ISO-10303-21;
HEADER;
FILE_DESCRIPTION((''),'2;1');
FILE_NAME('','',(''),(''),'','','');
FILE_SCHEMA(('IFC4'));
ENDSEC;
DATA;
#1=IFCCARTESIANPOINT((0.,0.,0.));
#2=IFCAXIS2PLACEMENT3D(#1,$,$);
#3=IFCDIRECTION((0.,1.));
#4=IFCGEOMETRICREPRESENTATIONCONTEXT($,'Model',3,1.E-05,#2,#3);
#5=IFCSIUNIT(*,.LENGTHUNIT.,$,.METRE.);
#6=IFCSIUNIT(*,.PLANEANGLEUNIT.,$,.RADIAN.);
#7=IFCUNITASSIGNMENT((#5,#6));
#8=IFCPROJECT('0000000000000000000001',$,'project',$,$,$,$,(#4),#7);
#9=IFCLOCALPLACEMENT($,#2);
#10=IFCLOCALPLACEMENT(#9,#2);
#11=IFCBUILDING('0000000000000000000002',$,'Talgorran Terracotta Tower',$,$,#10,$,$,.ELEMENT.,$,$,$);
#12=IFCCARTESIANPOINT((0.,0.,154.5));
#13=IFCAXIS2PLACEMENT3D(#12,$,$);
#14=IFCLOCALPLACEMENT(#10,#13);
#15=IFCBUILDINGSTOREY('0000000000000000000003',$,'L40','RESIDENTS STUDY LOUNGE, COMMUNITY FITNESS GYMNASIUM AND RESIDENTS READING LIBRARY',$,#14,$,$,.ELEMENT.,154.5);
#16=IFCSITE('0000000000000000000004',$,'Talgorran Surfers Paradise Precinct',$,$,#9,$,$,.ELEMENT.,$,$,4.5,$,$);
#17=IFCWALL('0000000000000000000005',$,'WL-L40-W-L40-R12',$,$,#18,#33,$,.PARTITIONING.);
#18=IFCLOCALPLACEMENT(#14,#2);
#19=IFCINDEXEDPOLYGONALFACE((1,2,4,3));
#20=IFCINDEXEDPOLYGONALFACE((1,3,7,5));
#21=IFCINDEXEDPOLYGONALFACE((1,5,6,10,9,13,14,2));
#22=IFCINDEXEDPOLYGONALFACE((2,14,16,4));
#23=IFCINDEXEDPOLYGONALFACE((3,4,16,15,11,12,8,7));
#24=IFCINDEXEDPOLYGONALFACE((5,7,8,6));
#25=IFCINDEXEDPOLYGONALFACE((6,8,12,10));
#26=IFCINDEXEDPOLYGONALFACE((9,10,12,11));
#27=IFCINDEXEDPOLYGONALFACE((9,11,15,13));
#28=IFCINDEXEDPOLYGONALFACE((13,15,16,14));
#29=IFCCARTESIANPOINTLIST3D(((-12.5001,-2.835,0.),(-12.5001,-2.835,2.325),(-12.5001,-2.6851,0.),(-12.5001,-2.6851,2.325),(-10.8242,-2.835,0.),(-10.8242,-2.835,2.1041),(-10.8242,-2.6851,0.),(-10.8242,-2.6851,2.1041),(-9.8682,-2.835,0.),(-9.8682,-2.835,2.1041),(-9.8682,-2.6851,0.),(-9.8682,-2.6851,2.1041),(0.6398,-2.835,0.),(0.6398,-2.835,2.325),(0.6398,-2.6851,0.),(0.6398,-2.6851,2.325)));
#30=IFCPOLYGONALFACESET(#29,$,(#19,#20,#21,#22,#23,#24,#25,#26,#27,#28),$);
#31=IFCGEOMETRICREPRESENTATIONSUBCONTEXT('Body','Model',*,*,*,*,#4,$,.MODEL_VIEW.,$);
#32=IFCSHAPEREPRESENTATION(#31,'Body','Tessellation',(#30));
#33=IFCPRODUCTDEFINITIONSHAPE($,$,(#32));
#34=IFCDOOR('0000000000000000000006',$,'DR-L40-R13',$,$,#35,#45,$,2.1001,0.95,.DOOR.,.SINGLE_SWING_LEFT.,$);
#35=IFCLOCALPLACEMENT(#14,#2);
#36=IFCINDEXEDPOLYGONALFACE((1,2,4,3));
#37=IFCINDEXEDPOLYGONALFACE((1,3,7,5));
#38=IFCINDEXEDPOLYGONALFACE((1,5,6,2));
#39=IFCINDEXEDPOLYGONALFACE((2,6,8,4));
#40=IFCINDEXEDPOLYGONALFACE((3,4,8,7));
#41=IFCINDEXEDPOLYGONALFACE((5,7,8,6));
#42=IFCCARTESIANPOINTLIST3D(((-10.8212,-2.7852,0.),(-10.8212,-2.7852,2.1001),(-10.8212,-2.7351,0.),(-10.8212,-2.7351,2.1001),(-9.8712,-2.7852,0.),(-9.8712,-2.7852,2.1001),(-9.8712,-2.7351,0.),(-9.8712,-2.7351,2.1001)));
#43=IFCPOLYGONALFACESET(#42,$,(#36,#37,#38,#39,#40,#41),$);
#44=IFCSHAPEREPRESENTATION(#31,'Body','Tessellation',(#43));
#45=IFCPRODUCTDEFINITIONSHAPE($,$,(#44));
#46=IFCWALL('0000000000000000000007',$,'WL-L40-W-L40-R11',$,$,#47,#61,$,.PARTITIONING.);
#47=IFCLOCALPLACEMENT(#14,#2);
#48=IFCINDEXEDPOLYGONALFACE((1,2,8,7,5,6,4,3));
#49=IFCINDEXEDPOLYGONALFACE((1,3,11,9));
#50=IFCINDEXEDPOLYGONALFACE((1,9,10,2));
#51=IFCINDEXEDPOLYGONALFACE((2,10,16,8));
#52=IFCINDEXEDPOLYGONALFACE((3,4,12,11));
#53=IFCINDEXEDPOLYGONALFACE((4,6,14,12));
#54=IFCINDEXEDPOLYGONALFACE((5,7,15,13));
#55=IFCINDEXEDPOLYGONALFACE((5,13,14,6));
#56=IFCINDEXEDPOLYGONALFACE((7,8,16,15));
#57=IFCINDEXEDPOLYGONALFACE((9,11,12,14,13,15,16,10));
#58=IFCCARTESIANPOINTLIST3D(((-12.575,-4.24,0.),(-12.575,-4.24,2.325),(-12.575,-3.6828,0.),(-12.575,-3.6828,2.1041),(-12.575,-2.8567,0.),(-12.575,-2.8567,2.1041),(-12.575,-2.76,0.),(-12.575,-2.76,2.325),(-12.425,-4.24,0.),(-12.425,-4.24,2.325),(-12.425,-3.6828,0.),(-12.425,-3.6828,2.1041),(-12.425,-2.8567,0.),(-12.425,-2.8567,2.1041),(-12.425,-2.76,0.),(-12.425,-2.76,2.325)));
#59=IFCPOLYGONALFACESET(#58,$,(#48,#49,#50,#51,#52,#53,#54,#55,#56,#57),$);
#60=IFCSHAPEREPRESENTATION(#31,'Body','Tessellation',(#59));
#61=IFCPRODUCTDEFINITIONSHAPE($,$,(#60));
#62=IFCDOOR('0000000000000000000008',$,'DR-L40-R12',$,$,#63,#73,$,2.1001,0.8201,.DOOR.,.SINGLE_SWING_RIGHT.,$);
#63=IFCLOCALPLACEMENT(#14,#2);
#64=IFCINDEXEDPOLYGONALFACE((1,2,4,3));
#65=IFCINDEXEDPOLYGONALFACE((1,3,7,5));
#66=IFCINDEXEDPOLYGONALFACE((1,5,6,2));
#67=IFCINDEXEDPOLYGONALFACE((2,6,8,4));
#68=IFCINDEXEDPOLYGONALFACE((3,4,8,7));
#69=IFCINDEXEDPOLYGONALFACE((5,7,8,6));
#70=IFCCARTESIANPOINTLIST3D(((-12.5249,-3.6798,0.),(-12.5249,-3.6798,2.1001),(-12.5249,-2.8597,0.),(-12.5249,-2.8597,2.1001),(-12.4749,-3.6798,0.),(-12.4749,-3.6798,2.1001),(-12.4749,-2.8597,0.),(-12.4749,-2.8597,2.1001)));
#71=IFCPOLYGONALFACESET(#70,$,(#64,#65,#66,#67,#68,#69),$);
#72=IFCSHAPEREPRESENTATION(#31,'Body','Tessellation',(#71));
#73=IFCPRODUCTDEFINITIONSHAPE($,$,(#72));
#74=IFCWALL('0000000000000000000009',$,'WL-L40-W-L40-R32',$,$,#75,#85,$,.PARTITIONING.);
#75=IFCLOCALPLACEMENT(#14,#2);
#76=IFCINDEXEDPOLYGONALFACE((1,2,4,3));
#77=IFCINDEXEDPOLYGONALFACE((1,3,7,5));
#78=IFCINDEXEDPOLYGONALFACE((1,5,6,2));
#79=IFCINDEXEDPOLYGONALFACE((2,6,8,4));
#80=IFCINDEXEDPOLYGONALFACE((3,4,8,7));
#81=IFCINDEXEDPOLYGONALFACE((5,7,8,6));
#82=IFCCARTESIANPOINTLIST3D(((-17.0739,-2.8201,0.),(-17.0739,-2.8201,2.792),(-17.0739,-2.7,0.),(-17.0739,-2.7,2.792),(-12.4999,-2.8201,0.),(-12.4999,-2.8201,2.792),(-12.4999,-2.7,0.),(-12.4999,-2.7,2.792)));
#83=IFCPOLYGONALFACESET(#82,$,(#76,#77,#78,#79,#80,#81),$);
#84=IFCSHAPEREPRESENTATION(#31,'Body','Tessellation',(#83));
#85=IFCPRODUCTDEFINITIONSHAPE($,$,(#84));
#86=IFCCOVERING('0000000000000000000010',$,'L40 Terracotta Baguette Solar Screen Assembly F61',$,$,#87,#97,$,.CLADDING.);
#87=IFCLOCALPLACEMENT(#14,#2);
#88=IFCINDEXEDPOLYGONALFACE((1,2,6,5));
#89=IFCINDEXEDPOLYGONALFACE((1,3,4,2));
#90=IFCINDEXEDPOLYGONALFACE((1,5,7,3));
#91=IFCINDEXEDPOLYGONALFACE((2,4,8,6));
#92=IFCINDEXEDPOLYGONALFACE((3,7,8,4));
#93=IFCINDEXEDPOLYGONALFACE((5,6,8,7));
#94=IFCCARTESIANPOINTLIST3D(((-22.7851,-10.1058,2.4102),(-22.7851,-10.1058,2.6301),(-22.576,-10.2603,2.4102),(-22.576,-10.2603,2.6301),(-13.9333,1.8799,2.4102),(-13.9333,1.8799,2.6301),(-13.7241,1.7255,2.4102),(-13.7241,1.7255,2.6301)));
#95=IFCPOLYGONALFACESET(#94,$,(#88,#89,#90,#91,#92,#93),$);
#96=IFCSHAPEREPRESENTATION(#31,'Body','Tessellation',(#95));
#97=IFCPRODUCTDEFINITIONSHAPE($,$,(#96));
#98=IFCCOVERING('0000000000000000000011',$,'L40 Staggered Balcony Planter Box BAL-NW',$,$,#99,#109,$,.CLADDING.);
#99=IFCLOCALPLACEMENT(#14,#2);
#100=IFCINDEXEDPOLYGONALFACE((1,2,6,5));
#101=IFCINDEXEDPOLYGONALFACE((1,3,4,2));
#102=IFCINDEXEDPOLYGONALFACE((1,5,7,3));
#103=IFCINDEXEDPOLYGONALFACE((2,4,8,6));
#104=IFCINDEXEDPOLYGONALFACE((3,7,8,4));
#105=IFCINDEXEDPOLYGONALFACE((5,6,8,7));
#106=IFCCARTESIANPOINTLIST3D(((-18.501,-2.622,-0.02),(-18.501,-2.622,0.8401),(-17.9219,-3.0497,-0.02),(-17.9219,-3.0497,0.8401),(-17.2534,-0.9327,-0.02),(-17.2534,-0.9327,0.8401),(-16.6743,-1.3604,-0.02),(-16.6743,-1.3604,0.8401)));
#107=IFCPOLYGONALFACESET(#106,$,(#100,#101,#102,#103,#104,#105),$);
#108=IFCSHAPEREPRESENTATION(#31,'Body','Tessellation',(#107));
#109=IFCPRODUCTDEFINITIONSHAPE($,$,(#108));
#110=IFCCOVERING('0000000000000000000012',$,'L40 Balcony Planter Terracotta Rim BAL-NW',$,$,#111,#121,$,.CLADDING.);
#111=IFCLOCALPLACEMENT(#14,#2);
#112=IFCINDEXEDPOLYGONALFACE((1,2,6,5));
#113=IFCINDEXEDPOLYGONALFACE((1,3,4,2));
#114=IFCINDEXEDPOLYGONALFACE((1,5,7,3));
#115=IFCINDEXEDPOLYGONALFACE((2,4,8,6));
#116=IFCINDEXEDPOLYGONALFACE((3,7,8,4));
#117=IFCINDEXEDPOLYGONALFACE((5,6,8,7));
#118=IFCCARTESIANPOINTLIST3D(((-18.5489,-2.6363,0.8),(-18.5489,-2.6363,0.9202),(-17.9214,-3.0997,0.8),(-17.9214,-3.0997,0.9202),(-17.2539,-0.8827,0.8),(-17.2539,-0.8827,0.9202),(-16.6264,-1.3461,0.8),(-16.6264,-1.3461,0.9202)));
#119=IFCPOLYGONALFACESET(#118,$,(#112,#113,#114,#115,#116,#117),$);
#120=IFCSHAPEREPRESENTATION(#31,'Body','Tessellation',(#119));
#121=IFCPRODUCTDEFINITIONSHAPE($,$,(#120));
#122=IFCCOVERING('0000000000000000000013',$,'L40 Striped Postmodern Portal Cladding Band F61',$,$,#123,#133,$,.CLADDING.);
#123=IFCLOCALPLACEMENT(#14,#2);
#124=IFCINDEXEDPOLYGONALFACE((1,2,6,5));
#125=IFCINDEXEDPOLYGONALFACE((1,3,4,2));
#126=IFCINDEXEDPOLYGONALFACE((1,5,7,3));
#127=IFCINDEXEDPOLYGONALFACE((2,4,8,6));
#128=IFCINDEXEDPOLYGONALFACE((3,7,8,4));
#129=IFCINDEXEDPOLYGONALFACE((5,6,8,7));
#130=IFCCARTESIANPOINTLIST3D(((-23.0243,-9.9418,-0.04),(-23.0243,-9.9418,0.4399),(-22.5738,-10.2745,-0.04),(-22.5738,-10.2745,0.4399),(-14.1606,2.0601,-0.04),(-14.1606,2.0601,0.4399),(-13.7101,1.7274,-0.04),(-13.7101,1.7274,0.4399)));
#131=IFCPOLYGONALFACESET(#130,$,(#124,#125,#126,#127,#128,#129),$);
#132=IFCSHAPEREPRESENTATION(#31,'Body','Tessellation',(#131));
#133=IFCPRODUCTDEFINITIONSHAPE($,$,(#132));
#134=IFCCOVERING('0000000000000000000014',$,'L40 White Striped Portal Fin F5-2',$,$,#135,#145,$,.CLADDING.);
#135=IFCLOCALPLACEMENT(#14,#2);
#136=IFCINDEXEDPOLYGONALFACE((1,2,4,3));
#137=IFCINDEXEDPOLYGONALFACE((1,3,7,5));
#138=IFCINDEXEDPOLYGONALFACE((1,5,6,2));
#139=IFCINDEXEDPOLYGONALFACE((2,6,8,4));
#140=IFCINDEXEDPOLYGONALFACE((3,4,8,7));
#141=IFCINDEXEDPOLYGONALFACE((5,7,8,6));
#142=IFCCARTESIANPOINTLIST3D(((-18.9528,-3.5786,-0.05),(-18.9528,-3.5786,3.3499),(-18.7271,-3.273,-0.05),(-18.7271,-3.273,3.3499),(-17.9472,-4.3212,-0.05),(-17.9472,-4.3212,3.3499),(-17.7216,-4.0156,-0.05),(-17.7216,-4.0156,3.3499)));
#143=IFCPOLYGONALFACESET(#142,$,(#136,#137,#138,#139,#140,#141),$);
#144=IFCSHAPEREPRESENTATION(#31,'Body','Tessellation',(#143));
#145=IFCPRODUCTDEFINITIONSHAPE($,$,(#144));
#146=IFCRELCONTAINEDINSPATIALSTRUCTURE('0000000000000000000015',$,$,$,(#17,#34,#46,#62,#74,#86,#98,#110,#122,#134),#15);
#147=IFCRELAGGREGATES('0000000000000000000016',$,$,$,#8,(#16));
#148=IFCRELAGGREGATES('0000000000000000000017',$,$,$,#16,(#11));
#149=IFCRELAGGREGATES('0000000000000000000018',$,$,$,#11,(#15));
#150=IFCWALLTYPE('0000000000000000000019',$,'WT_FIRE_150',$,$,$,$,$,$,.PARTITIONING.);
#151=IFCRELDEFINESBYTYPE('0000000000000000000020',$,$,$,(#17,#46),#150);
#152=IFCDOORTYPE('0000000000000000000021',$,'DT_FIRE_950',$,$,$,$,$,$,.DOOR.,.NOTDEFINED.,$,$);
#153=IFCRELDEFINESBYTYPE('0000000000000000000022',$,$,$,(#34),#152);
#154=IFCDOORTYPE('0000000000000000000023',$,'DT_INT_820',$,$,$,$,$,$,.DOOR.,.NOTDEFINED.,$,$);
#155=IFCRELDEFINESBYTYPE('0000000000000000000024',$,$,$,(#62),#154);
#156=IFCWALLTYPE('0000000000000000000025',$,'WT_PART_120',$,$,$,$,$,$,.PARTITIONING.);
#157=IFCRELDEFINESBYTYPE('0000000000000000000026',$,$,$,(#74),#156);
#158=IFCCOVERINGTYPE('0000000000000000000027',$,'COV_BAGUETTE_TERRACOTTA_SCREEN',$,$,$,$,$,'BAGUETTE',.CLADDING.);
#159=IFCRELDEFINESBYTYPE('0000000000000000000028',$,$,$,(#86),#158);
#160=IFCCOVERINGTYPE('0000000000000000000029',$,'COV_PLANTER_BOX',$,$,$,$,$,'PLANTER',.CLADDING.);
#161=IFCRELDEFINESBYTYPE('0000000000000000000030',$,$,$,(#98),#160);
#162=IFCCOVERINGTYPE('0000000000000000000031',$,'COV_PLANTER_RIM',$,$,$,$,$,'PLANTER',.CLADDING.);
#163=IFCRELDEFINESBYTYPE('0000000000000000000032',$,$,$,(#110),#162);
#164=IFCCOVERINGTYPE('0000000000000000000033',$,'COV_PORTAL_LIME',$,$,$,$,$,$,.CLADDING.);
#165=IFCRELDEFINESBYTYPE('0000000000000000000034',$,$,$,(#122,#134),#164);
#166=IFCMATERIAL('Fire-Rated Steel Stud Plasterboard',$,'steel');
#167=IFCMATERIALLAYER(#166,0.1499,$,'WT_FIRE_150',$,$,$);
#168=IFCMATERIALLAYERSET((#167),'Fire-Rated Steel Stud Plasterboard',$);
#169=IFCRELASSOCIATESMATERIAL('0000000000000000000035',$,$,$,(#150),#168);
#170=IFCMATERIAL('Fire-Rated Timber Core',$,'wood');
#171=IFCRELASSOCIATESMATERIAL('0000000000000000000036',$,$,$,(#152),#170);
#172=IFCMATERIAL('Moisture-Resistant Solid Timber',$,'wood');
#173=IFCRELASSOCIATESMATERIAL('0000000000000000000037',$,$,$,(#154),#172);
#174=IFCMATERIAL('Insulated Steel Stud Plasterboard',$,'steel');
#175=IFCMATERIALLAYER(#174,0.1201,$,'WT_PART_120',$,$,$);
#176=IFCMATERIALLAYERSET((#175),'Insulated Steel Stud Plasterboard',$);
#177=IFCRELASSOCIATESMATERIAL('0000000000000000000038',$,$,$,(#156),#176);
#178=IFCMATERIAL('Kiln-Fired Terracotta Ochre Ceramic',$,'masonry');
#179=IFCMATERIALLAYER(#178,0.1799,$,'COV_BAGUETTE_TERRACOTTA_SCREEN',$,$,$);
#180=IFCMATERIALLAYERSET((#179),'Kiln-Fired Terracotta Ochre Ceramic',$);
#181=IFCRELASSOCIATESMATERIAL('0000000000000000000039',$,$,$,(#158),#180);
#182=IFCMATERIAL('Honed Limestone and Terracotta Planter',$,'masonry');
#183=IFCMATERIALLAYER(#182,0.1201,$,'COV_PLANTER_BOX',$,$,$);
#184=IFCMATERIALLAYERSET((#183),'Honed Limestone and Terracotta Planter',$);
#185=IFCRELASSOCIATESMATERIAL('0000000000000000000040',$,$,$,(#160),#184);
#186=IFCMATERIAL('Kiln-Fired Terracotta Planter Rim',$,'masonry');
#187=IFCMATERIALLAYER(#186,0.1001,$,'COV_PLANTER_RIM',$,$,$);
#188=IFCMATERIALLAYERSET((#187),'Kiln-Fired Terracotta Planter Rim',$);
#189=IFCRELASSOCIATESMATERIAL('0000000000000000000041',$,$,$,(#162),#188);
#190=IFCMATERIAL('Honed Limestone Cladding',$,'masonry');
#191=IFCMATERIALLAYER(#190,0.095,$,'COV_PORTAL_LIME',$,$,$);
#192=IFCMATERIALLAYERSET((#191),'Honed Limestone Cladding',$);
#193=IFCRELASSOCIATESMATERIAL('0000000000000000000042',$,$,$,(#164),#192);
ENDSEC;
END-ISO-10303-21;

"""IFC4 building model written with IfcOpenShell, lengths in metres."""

from ifc_helpers import new_model, si_unit, direction, frame, frame_2d, origin, origin_2d, place, context, subcontext, project, spatial, rectangle, extrude, material, layer, layer_set, type_object, element, fill, save


model = new_model("IFC4")

# Units and contexts
model_context = context("Model", 3, precision=1e-05, world=origin(), true_north=direction((0.0, 1.0)))
body_context = subcontext(model_context, "Body", "Model", "MODEL_VIEW")
ifc_project = project(units=[si_unit("LENGTHUNIT", "METRE"), si_unit("PLANEANGLEUNIT", "RADIAN")], contexts=[model_context])

# Site, building, storey
site_placement = place(None, origin())
site = spatial("IfcSite", under=ifc_project, at=site_placement, Name="Talgorran Surfers Paradise Precinct", CompositionType="ELEMENT", RefElevation=4.5)
building_placement = place(site_placement, origin())
building = spatial("IfcBuilding", under=site, at=building_placement, Name="Talgorran Terracotta Tower", CompositionType="ELEMENT")
storey_placement = place(building_placement, frame((0.0, 0.0, 154.5)))
storey = spatial("IfcBuildingStorey", under=building, at=storey_placement, Name="L40", Description="RESIDENTS STUDY LOUNGE, COMMUNITY FITNESS GYMNASIUM AND RESIDENTS READING LIBRARY", CompositionType="ELEMENT", Elevation=154.5)

# Walls, openings, doors
ifc_material_1 = material(Name="Fire-Rated Steel Stud Plasterboard", Category="steel")
ifc_layer_1 = layer(ifc_material_1, 0.1499, Name="WT_FIRE_150")
ifc_layer_set_1 = layer_set([ifc_layer_1], Name="Fire-Rated Steel Stud Plasterboard")
wall_type_1 = type_object("IfcWallType", Name="WT_FIRE_150", PredefinedType="PARTITIONING", material=ifc_layer_set_1)
wall_1_placement = place(storey_placement, frame((-12.5, -2.76, 0.0), z_axis=(0.0, 0.0, 1.0), x_axis=(1.0, 0.0, 0.0)))
wall_1 = element("IfcWall", 1, at=wall_1_placement, inside=storey, type_object=wall_type_1, Name="WL-L40-W-L40-R12", PredefinedType="PARTITIONING", context=body_context, shape_type="SweptSolid", body=[
    extrude(rectangle(XDim=13.1399, YDim=0.1499, at=frame_2d((6.5698, 0.0))), origin(), (0.0, 0.0, 1.0), 2.325),
])
opening_1_placement = place(wall_1_placement, frame((1.6787, 0.0, 0.0)))
opening_1 = element("IfcOpeningElement", 2, at=opening_1_placement, cuts=wall_1, PredefinedType="OPENING", context=body_context, shape_type="SweptSolid", body=[
    extrude(rectangle(XDim=0.956, YDim=2.1041, at=frame_2d((0.4751, 1.052))), frame((0.0, 0.085, 0.0), z_axis=(0.0, -1.0, 0.0), x_axis=(1.0, 0.0, 0.0)), (0.0, 0.0, 1.0), 0.1699),
])
ifc_material_2 = material(Name="Fire-Rated Timber Core", Category="wood")
door_type_1 = type_object("IfcDoorType", Name="DT_FIRE_950", OperationType="NOTDEFINED", PredefinedType="DOOR", material=ifc_material_2)
door_1_placement = place(opening_1_placement, origin())
door_1 = element("IfcDoor", 3, at=door_1_placement, inside=storey, type_object=door_type_1, Name="DR-L40-R13", OperationType="SINGLE_SWING_LEFT", OverallHeight=2.1001, OverallWidth=0.95, PredefinedType="DOOR", context=body_context, shape_type="SweptSolid", body=[
    extrude(rectangle(XDim=0.95, YDim=2.1001, at=frame_2d((0.4751, 1.05))), frame((0.0, 0.0249, 0.0), z_axis=(0.0, -1.0, 0.0), x_axis=(1.0, 0.0, 0.0)), (0.0, 0.0, 1.0), 0.05),
])
fill(opening_1, door_1)
wall_2_placement = place(storey_placement, frame((-12.5, -4.24, 0.0), z_axis=(0.0, 0.0, 1.0), x_axis=(0.0, 1.0, 0.0)))
wall_2 = element("IfcWall", 4, at=wall_2_placement, inside=storey, type_object=wall_type_1, Name="WL-L40-W-L40-R11", PredefinedType="PARTITIONING", context=body_context, shape_type="SweptSolid", body=[
    extrude(rectangle(XDim=1.48, YDim=0.1499, at=frame_2d((0.74, 0.0))), origin(), (0.0, 0.0, 1.0), 2.325),
])
opening_2_placement = place(wall_2_placement, frame((0.5601, 0.0, 0.0)))
opening_2 = element("IfcOpeningElement", 5, at=opening_2_placement, cuts=wall_2, PredefinedType="OPENING", context=body_context, shape_type="SweptSolid", body=[
    extrude(rectangle(XDim=0.8261, YDim=2.1041, at=frame_2d((0.4102, 1.052))), frame((0.0, 0.085, 0.0), z_axis=(0.0, -1.0, 0.0), x_axis=(1.0, 0.0, 0.0)), (0.0, 0.0, 1.0), 0.1699),
])
ifc_material_3 = material(Name="Moisture-Resistant Solid Timber", Category="wood")
door_type_2 = type_object("IfcDoorType", Name="DT_INT_820", OperationType="NOTDEFINED", PredefinedType="DOOR", material=ifc_material_3)
door_2_placement = place(opening_2_placement, origin())
door_2 = element("IfcDoor", 6, at=door_2_placement, inside=storey, type_object=door_type_2, Name="DR-L40-R12", OperationType="SINGLE_SWING_RIGHT", OverallHeight=2.1001, OverallWidth=0.8201, PredefinedType="DOOR", context=body_context, shape_type="SweptSolid", body=[
    extrude(rectangle(XDim=0.8201, YDim=2.1001, at=frame_2d((0.4102, 1.05))), frame((0.0, 0.0249, 0.0), z_axis=(0.0, -1.0, 0.0), x_axis=(1.0, 0.0, 0.0)), (0.0, 0.0, 1.0), 0.05),
])
fill(opening_2, door_2)

# Wall
ifc_material_4 = material(Name="Insulated Steel Stud Plasterboard", Category="steel")
ifc_layer_2 = layer(ifc_material_4, 0.1201, Name="WT_PART_120")
ifc_layer_set_2 = layer_set([ifc_layer_2], Name="Insulated Steel Stud Plasterboard")
wall_type_2 = type_object("IfcWallType", Name="WT_PART_120", PredefinedType="PARTITIONING", material=ifc_layer_set_2)
wall_3_placement = place(storey_placement, frame((-17.074, -2.76, 0.0), z_axis=(0.0, 0.0, 1.0), x_axis=(1.0, 0.0, 0.0)))
element("IfcWall", 7, at=wall_3_placement, inside=storey, type_object=wall_type_2, Name="WL-L40-W-L40-R32", PredefinedType="PARTITIONING", context=body_context, shape_type="SweptSolid", body=[
    extrude(rectangle(XDim=4.574, YDim=0.1201, at=frame_2d((2.2871, 0.0))), origin(), (0.0, 0.0, 1.0), 2.792),
])

# Coverings
ifc_material_5 = material(Name="Kiln-Fired Terracotta Ochre Ceramic", Category="masonry")
ifc_layer_3 = layer(ifc_material_5, 0.1799, Name="COV_BAGUETTE_TERRACOTTA_SCREEN")
ifc_layer_set_3 = layer_set([ifc_layer_3], Name="Kiln-Fired Terracotta Ochre Ceramic")
covering_type_1 = type_object("IfcCoveringType", Name="COV_BAGUETTE_TERRACOTTA_SCREEN", ElementType="BAGUETTE", PredefinedType="CLADDING", material=ifc_layer_set_3)
covering_1_placement = place(storey_placement, frame((-18.2546, -4.1902, 2.4102), z_axis=(0.0, 0.0, 1.0), x_axis=(-0.594079, -0.804407, 0.0)))
element("IfcCovering", 8, at=covering_1_placement, inside=storey, type_object=covering_type_1, Name="L40 Terracotta Baguette Solar Screen Assembly F61", PredefinedType="CLADDING", context=body_context, shape_type="SweptSolid", body=[
    extrude(rectangle(XDim=14.9001, YDim=0.26, at=origin_2d()), origin(), (0.0, 0.0, 1.0), 0.22),
])
ifc_material_6 = material(Name="Honed Limestone and Terracotta Planter", Category="masonry")
ifc_layer_4 = layer(ifc_material_6, 0.1201, Name="COV_PLANTER_BOX")
ifc_layer_set_4 = layer_set([ifc_layer_4], Name="Honed Limestone and Terracotta Planter")
covering_type_2 = type_object("IfcCoveringType", Name="COV_PLANTER_BOX", ElementType="PLANTER", PredefinedType="CLADDING", material=ifc_layer_set_4)
covering_2_placement = place(storey_placement, frame((-17.5876, -1.9912, -0.02), z_axis=(0.0, 0.0, 1.0), x_axis=(-0.594079, -0.804407, 0.0)))
element("IfcCovering", 9, at=covering_2_placement, inside=storey, type_object=covering_type_2, Name="L40 Staggered Balcony Planter Box BAL-NW", PredefinedType="CLADDING", context=body_context, shape_type="SweptSolid", body=[
    extrude(rectangle(XDim=2.1001, YDim=0.72, at=origin_2d()), origin(), (0.0, 0.0, 1.0), 0.8601),
])
ifc_material_7 = material(Name="Kiln-Fired Terracotta Planter Rim", Category="masonry")
ifc_layer_5 = layer(ifc_material_7, 0.1001, Name="COV_PLANTER_RIM")
ifc_layer_set_5 = layer_set([ifc_layer_5], Name="Kiln-Fired Terracotta Planter Rim")
covering_type_3 = type_object("IfcCoveringType", Name="COV_PLANTER_RIM", ElementType="PLANTER", PredefinedType="CLADDING", material=ifc_layer_set_5)
covering_3_placement = place(storey_placement, frame((-17.5876, -1.9912, 0.8), z_axis=(0.0, 0.0, 1.0), x_axis=(-0.594079, -0.804407, 0.0)))
element("IfcCovering", 10, at=covering_3_placement, inside=storey, type_object=covering_type_3, Name="L40 Balcony Planter Terracotta Rim BAL-NW", PredefinedType="CLADDING", context=body_context, shape_type="SweptSolid", body=[
    extrude(rectangle(XDim=2.1799, YDim=0.78, at=origin_2d()), origin(), (0.0, 0.0, 1.0), 0.1201),
])
ifc_material_8 = material(Name="Honed Limestone Cladding", Category="masonry")
ifc_layer_6 = layer(ifc_material_8, 0.095, Name="COV_PORTAL_LIME")
ifc_layer_set_6 = layer_set([ifc_layer_6], Name="Honed Limestone Cladding")
covering_type_4 = type_object("IfcCoveringType", Name="COV_PORTAL_LIME", PredefinedType="CLADDING", material=ifc_layer_set_6)
covering_4_placement = place(storey_placement, frame((-18.3672, -4.1072, -0.04), z_axis=(0.0, 0.0, 1.0), x_axis=(-0.594079, -0.804407, 0.0)))
element("IfcCovering", 11, at=covering_4_placement, inside=storey, type_object=covering_type_4, Name="L40 Striped Postmodern Portal Cladding Band F61", PredefinedType="CLADDING", context=body_context, shape_type="SweptSolid", body=[
    extrude(rectangle(XDim=14.9202, YDim=0.5601, at=origin_2d()), origin(), (0.0, 0.0, 1.0), 0.48),
])
covering_5_placement = place(storey_placement, frame((-18.3372, -3.7971, -0.05), z_axis=(0.0, 0.0, 1.0), x_axis=(-0.594079, -0.804407, 0.0)))
element("IfcCovering", 12, at=covering_5_placement, inside=storey, type_object=covering_type_4, Name="L40 White Striped Portal Fin F5-2", PredefinedType="CLADDING", context=body_context, shape_type="SweptSolid", body=[
    extrude(rectangle(XDim=0.3799, YDim=1.25, at=origin_2d()), origin(), (0.0, 0.0, 1.0), 3.3999),
])

save(model, "model.ifc")
